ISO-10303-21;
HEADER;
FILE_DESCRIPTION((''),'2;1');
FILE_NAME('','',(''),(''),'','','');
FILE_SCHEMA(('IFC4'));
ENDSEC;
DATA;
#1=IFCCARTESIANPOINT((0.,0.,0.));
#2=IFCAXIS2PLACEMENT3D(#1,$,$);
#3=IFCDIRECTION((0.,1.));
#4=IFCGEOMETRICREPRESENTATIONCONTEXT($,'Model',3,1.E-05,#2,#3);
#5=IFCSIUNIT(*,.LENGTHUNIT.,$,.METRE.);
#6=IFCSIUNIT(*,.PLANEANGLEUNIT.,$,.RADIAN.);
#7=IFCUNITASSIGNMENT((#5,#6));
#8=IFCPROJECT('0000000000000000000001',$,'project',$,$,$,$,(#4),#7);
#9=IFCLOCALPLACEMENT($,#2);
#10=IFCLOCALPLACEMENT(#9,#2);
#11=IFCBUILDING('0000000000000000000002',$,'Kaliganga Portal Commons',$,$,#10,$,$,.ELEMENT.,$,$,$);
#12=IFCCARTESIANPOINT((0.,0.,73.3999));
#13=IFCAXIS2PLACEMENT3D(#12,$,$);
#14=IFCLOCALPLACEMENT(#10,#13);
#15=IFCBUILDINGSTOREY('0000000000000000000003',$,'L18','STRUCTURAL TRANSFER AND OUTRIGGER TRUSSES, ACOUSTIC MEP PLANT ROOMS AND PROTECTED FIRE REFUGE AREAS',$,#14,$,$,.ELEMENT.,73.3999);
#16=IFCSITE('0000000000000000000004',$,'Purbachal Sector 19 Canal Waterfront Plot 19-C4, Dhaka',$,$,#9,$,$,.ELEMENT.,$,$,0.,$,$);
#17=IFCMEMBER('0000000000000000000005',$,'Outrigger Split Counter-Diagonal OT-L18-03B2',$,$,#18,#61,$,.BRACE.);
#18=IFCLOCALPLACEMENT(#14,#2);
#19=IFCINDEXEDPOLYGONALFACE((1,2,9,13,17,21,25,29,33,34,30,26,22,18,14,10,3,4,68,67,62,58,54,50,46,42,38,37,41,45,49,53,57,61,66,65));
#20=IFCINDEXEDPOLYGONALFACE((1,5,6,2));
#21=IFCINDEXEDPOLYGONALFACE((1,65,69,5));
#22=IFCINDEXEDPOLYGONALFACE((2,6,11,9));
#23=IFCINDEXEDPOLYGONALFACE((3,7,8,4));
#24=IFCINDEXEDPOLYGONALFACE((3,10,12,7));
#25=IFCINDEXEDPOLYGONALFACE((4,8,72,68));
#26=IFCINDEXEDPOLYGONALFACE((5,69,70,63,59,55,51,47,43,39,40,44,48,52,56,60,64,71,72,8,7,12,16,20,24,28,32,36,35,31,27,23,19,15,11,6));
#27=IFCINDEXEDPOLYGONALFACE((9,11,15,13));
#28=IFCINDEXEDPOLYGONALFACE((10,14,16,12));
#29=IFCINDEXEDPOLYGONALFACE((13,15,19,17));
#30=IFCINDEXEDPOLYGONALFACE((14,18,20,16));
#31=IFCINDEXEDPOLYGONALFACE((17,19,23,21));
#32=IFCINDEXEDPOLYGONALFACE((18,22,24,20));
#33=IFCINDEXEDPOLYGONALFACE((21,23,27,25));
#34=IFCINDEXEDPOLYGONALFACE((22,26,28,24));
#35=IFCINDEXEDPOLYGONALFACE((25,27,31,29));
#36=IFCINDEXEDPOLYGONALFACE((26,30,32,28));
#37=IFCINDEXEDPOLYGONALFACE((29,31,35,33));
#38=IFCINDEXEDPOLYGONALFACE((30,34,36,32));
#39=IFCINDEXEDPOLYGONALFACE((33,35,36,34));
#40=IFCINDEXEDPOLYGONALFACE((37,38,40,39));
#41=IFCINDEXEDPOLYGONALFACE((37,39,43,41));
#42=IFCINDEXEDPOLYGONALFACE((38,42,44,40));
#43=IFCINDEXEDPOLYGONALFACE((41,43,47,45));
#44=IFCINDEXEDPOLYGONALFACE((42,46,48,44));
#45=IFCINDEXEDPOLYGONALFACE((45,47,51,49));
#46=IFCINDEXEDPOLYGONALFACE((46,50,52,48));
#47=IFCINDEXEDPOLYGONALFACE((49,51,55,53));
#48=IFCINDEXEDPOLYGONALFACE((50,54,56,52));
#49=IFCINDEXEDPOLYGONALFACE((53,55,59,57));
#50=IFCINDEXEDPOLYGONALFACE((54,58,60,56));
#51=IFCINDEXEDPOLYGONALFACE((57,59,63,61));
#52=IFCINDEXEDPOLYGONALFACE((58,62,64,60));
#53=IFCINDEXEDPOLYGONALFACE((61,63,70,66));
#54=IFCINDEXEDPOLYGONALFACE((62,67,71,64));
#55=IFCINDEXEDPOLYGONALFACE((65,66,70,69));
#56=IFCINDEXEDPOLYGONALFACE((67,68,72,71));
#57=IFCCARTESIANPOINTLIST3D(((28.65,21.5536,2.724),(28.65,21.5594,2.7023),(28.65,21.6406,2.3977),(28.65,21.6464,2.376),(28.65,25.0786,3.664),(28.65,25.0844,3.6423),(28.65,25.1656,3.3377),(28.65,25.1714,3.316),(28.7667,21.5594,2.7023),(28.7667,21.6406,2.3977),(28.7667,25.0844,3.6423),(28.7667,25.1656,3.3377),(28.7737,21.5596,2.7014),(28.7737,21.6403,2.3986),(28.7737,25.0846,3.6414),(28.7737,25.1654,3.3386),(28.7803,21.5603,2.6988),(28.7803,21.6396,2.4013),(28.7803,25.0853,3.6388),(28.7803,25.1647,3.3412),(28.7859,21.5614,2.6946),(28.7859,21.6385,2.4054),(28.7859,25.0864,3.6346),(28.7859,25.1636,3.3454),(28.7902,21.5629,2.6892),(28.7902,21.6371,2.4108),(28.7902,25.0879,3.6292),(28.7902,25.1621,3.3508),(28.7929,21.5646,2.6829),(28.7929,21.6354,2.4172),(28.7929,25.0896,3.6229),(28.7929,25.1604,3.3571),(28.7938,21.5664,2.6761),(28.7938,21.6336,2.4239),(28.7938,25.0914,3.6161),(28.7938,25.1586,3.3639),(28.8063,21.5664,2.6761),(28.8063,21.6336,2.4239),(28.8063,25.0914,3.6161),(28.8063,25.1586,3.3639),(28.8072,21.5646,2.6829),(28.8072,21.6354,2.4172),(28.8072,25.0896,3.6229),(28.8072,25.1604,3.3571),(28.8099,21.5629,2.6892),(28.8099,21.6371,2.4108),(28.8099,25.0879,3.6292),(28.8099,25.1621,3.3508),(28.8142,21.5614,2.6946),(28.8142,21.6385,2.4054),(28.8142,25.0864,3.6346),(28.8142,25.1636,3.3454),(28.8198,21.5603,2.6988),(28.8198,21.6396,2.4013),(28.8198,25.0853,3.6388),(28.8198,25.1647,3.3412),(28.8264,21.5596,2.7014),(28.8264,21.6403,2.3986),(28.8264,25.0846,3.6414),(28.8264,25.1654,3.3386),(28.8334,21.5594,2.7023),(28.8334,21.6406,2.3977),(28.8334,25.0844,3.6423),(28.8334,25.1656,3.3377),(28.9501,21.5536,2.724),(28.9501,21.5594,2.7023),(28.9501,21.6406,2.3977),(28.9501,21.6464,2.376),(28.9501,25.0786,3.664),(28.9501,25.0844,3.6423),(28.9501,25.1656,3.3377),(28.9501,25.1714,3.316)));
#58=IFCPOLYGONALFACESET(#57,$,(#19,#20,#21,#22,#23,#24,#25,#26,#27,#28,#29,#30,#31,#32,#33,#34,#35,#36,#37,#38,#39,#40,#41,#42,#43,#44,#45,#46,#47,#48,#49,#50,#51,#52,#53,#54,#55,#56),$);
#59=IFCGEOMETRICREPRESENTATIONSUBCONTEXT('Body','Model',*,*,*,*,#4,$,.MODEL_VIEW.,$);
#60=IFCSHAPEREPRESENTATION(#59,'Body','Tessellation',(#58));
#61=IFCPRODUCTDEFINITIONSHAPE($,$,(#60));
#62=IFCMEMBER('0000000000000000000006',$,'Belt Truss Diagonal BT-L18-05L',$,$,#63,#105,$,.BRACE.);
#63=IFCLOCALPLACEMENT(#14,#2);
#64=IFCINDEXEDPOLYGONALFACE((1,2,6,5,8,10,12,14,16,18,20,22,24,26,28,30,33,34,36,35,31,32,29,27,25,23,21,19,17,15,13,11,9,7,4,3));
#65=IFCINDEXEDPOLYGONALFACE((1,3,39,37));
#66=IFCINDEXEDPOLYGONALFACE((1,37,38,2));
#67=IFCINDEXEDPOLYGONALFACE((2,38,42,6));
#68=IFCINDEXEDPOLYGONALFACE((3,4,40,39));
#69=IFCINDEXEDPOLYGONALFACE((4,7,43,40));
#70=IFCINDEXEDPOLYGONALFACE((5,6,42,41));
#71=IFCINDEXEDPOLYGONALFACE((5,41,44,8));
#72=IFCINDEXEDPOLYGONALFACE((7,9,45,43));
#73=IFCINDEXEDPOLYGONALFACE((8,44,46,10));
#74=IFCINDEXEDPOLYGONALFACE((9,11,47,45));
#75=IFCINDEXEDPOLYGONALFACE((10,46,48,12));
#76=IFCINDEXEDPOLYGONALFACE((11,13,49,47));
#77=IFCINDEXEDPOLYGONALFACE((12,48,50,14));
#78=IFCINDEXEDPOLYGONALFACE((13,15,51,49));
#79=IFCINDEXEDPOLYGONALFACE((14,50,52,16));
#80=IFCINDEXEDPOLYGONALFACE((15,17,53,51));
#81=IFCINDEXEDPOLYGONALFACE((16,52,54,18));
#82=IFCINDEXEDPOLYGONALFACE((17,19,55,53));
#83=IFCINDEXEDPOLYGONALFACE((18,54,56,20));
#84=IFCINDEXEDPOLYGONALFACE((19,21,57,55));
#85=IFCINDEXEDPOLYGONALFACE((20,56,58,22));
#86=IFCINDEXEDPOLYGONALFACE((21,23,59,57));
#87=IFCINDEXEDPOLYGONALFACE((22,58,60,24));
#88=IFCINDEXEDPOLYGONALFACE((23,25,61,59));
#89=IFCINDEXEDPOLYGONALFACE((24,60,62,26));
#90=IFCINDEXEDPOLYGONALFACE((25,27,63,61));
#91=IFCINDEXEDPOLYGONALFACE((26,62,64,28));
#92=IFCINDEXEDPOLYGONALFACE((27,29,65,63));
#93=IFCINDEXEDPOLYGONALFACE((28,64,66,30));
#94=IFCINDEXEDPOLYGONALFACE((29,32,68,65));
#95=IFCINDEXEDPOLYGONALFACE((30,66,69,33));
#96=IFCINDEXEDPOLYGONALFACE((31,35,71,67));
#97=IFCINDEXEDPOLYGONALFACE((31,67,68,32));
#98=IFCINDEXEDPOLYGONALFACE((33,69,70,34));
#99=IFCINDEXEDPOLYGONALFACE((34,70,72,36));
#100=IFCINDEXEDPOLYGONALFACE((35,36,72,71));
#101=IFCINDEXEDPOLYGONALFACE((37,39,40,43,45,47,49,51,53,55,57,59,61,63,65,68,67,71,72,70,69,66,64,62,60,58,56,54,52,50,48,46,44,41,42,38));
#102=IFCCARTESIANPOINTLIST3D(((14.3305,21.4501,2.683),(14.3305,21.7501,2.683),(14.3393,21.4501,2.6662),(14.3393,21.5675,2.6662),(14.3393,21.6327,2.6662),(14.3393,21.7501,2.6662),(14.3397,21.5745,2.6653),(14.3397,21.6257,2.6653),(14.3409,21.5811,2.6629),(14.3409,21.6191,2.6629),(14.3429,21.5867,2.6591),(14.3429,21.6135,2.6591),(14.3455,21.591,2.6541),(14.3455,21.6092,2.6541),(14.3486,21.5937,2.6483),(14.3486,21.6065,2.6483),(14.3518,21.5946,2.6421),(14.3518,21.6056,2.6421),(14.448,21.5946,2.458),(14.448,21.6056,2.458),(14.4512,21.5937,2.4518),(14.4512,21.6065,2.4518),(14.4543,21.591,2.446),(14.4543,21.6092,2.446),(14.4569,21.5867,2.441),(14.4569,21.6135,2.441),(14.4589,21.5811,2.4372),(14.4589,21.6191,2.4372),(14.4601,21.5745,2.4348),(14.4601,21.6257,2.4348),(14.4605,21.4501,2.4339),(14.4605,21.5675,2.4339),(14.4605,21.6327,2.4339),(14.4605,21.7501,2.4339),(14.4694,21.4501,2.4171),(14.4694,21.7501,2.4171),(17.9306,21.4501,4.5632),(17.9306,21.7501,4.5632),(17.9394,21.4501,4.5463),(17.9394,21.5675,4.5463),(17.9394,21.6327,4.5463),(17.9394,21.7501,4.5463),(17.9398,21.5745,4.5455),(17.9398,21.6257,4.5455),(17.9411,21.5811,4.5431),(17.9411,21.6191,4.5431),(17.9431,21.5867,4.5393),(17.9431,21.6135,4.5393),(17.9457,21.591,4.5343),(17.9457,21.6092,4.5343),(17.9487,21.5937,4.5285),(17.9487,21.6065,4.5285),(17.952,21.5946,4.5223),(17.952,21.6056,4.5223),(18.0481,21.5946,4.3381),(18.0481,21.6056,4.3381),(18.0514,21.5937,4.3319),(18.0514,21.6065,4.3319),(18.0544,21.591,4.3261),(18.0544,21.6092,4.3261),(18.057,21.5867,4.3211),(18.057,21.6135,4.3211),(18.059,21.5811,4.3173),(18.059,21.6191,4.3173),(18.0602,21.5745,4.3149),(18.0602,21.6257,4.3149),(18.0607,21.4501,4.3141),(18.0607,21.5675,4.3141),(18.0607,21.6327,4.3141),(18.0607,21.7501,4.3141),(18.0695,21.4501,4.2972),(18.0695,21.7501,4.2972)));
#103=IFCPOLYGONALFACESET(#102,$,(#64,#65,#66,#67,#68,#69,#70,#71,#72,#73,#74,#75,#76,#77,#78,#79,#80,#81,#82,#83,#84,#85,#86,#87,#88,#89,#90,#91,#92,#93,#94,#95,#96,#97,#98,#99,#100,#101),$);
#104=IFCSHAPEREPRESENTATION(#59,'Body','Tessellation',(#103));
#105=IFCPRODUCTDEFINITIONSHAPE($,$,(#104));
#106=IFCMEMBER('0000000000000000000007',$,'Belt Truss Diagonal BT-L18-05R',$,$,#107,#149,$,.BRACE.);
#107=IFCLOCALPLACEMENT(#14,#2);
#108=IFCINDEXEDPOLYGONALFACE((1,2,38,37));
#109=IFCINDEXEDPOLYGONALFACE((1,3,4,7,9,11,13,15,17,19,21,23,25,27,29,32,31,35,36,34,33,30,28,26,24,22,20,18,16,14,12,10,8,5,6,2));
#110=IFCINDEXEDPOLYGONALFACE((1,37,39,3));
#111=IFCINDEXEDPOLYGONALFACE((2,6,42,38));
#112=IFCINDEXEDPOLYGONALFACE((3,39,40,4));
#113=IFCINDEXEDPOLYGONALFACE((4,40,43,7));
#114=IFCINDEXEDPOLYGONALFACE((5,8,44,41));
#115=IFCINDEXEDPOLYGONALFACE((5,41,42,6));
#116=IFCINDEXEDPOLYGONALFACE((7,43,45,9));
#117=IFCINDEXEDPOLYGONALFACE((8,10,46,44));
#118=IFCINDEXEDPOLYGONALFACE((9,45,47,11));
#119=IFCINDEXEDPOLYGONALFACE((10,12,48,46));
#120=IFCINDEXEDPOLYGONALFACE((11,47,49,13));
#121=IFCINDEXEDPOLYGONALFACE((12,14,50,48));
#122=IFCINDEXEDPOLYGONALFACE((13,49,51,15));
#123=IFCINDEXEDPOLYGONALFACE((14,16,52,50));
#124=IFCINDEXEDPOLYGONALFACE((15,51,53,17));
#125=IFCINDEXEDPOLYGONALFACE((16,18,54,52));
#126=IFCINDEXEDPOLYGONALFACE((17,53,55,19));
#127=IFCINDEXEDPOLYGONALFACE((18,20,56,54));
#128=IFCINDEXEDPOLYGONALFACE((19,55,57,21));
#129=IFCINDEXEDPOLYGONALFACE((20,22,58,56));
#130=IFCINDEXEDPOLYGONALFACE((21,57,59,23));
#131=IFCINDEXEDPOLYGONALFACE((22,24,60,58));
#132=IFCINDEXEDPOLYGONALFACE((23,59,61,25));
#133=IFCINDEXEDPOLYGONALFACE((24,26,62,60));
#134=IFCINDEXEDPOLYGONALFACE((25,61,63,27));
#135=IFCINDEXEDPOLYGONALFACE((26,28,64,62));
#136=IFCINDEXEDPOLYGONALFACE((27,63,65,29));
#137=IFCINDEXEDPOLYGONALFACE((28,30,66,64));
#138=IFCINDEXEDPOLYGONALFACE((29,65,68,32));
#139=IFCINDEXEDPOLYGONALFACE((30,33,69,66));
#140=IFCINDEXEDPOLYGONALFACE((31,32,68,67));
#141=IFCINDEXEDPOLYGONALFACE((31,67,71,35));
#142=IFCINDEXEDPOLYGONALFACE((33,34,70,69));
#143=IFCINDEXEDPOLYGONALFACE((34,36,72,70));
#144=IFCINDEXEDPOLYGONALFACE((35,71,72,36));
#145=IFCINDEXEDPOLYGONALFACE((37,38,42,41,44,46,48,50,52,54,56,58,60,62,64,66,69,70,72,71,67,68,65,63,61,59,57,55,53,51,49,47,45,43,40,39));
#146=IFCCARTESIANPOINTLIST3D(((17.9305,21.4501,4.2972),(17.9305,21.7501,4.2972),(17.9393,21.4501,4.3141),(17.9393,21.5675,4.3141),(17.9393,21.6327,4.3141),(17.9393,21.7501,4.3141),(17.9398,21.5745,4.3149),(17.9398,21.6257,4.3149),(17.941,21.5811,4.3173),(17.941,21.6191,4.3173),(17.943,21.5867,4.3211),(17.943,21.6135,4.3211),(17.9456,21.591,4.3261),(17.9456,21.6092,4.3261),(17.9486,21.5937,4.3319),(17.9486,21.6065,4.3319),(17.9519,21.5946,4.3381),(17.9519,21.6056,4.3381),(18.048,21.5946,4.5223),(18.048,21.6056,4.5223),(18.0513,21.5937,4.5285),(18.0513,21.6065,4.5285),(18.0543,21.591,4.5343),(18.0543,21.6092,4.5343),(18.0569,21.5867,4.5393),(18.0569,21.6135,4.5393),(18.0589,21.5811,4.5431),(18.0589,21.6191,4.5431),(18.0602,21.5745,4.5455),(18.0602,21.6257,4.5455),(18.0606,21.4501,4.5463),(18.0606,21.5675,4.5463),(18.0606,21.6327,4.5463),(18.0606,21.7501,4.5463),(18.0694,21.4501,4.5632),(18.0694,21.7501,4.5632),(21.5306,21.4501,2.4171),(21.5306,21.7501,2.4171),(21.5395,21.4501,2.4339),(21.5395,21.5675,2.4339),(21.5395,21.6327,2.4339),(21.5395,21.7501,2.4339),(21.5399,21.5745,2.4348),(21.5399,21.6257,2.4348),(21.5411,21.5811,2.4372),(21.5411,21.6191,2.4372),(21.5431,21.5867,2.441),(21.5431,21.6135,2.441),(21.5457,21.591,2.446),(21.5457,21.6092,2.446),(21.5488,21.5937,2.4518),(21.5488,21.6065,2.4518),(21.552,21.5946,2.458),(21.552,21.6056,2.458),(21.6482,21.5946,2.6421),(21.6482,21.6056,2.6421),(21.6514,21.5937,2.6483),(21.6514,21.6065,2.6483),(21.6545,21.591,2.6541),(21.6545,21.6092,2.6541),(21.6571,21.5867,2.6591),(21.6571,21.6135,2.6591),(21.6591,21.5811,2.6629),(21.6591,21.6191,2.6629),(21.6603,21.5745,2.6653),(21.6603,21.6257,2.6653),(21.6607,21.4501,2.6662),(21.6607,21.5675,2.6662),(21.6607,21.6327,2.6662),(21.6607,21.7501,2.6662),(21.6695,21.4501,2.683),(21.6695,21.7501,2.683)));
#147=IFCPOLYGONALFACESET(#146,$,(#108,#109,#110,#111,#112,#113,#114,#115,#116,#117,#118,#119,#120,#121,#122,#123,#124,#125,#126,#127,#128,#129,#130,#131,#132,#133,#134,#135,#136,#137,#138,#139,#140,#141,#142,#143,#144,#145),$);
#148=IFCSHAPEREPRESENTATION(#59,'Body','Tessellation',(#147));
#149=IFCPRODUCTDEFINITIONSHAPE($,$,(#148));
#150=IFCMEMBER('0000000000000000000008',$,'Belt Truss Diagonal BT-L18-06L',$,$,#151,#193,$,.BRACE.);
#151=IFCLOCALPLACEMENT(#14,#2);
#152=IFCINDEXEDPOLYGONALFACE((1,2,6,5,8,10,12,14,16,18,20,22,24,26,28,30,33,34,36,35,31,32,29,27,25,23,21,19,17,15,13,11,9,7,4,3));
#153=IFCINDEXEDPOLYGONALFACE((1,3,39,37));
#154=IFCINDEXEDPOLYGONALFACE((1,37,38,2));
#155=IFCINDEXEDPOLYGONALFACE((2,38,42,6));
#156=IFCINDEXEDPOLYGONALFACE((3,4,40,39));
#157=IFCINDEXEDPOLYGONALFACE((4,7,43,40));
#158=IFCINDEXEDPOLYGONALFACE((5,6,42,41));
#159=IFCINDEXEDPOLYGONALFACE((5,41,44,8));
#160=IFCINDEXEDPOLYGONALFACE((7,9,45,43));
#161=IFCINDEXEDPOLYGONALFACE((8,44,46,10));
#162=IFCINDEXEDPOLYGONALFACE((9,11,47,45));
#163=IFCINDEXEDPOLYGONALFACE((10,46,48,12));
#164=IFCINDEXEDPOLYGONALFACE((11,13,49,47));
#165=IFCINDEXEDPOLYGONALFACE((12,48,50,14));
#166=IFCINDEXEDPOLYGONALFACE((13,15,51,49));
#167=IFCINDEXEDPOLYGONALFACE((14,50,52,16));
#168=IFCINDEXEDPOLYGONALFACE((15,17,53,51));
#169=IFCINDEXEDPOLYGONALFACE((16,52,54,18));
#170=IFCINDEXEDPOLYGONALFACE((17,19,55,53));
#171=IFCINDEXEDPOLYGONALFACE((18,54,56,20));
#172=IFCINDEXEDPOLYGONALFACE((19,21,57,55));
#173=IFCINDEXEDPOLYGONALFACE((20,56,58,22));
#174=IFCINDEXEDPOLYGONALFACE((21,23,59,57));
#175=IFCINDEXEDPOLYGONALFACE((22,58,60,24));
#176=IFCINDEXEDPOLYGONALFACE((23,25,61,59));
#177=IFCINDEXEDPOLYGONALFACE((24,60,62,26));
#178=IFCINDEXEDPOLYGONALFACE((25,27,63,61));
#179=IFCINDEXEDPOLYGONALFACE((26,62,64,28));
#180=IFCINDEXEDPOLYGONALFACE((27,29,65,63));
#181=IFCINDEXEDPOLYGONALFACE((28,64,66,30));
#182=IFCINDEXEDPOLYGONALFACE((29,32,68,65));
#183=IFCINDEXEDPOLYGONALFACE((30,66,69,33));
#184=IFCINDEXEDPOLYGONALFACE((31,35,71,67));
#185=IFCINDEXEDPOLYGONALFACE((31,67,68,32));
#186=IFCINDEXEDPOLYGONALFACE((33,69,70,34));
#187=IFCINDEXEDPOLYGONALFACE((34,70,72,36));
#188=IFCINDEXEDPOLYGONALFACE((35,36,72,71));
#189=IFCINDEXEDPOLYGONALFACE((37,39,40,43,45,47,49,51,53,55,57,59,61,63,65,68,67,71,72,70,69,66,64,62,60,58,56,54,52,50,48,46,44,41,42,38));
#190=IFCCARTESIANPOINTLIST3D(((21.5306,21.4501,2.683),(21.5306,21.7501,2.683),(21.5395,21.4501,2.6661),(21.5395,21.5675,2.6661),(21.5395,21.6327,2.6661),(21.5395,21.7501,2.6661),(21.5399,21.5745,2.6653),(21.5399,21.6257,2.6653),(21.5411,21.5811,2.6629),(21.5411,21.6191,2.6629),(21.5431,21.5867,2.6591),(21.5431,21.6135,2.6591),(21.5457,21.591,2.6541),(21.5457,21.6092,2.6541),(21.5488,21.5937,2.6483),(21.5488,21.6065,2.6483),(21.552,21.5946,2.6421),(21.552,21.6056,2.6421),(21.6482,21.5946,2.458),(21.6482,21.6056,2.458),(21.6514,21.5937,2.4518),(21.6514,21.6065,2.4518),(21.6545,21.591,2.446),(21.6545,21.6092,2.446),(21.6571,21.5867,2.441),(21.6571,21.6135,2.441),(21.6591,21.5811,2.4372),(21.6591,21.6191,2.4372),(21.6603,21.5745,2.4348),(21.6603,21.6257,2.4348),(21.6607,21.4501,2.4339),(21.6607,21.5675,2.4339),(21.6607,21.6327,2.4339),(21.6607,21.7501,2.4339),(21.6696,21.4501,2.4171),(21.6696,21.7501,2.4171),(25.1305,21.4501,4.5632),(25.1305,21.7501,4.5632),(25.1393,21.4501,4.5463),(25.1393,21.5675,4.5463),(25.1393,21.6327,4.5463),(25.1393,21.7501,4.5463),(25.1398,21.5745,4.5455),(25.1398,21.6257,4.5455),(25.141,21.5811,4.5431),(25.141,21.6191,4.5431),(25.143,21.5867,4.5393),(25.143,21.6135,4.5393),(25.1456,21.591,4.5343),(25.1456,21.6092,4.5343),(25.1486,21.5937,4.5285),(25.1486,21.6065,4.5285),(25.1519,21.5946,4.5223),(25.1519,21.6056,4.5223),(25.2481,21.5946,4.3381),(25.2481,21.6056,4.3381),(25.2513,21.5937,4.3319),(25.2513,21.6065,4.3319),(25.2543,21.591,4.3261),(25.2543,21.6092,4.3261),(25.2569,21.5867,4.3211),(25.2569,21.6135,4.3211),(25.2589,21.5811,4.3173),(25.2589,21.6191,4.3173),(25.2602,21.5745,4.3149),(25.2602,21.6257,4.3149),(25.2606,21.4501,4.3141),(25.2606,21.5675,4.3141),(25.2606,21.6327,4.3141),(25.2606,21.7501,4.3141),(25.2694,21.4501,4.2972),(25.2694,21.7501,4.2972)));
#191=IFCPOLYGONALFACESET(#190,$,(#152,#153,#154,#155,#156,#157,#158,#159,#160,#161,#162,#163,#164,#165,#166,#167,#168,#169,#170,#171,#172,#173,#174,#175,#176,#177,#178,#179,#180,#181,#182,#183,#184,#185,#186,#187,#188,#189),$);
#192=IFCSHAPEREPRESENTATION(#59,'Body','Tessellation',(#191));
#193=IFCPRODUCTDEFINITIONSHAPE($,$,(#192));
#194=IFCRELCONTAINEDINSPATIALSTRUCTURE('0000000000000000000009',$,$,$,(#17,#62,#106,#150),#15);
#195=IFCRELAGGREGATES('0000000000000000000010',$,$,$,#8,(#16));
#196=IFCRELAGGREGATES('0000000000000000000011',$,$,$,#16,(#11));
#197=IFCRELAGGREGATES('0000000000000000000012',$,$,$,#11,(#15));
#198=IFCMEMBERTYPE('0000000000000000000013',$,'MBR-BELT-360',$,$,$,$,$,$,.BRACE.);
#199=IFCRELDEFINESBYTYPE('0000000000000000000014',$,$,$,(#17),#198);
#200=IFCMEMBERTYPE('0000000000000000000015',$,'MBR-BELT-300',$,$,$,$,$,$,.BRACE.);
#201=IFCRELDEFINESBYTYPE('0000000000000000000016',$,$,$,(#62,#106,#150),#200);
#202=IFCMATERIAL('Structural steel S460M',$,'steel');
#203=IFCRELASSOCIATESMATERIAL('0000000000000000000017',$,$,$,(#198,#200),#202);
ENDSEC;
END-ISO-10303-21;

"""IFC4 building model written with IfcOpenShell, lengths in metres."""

from ifc_helpers import new_model, si_unit, direction, frame, origin, origin_2d, place, context, subcontext, project, spatial, i_section, extrude, source, transform, mapped, material, material_profile, profile_set, type_object, element, save


model = new_model("IFC4")

# Units and contexts
model_context = context("Model", 3, precision=1e-05, world=origin(), true_north=direction((0.0, 1.0)))
body_context = subcontext(model_context, "Body", "Model", "MODEL_VIEW")
ifc_project = project(units=[si_unit("LENGTHUNIT", "METRE"), si_unit("PLANEANGLEUNIT", "RADIAN")], contexts=[model_context])

# Site, building, storey
site_placement = place(None, origin())
site = spatial("IfcSite", under=ifc_project, at=site_placement, Name="Purbachal Sector 19 Canal Waterfront Plot 19-C4, Dhaka", CompositionType="ELEMENT", RefElevation=0.0)
building_placement = place(site_placement, origin())
building = spatial("IfcBuilding", under=site, at=building_placement, Name="Kaliganga Portal Commons", CompositionType="ELEMENT")
storey_placement = place(building_placement, frame((0.0, 0.0, 73.3999)))
storey = spatial("IfcBuildingStorey", under=building, at=storey_placement, Name="L18", Description="STRUCTURAL TRANSFER AND OUTRIGGER TRUSSES, ACOUSTIC MEP PLANT ROOMS AND PROTECTED FIRE REFUGE AREAS", CompositionType="ELEMENT", Elevation=73.3999)

# Shared definitions
ifc_material_1 = material(Name="Structural steel S460M", Category="steel")

# Members
ifc_material_profile_1 = material_profile(ifc_material_1, i_section(OverallWidth=0.3, OverallDepth=0.3601, WebThickness=0.0125, FlangeThickness=0.0225, FilletRadius=0.0271, at=origin_2d()), Name="HE 360 B")
ifc_profile_set_1 = profile_set([ifc_material_profile_1], Name="Structural steel S460M wide-flange")
member_type_1 = type_object("IfcMemberType", Name="MBR-BELT-360", PredefinedType="BRACE", material=ifc_profile_set_1)
shared_shape_1 = source(origin(), body_context, "Body", "SweptSolid", [
    extrude(i_section(OverallWidth=0.3, OverallDepth=0.3601, WebThickness=0.0125, FlangeThickness=0.0225, FilletRadius=0.0271, at=origin_2d()), origin(), (0.0, 0.0, 1.0), 3.6482),
])
for number, where, z_axis, x_axis, name in (
    (1, (28.8, 25.125, 3.49), (0.0, -0.966237, -0.257654), (1.0, 0.0, 0.0), "Outrigger Split Counter-Diagonal OT-L18-03B2"),
):
    element("IfcMember", number, at=place(storey_placement, frame(where, z_axis=z_axis, x_axis=x_axis)), inside=storey, type_object=member_type_1, Name=name, PredefinedType="BRACE", context=body_context, shape_type="MappedRepresentation", body=[
        mapped(shared_shape_1, transform((0.0, 0.0, 0.0), x_axis=(1.0, 0.0, 0.0), y_axis=(0.0, 1.0, 0.0), z_axis=(0.0, 0.0, 1.0), scale=1.0)),
    ])
ifc_material_profile_2 = material_profile(ifc_material_1, i_section(OverallWidth=0.3, OverallDepth=0.3, WebThickness=0.011, FlangeThickness=0.019, FilletRadius=0.0271, at=origin_2d()), Name="HE 300 B")
ifc_profile_set_2 = profile_set([ifc_material_profile_2], Name="Structural steel S460M wide-flange")
member_type_2 = type_object("IfcMemberType", Name="MBR-BELT-300", PredefinedType="BRACE", material=ifc_profile_set_2)
shared_shape_2 = source(origin(), body_context, "Body", "SweptSolid", [
    extrude(i_section(OverallWidth=0.3, OverallDepth=0.3, WebThickness=0.011, FlangeThickness=0.019, FilletRadius=0.0271, at=origin_2d()), origin(), (0.0, 0.0, 1.0), 4.0615),
])
for number, where, z_axis, x_axis, name in (
    (2, (14.3999, 21.6001, 2.55), (0.886401, 0.0, 0.462917), (0.0, 1.0, 0.0), "Belt Truss Diagonal BT-L18-05L"),
    (3, (21.6001, 21.6001, 2.55), (-0.886401, 0.0, 0.462917), (0.0, -1.0, 0.0), "Belt Truss Diagonal BT-L18-05R"),
):
    element("IfcMember", number, at=place(storey_placement, frame(where, z_axis=z_axis, x_axis=x_axis)), inside=storey, type_object=member_type_2, Name=name, PredefinedType="BRACE", context=body_context, shape_type="MappedRepresentation", body=[
        mapped(shared_shape_2, transform((0.0, 0.0, 0.0), x_axis=(1.0, 0.0, 0.0), y_axis=(0.0, 1.0, 0.0), z_axis=(0.0, 0.0, 1.0), scale=1.0)),
    ])
shared_shape_3 = source(origin(), body_context, "Body", "SweptSolid", [
    extrude(i_section(OverallWidth=0.3, OverallDepth=0.3, WebThickness=0.011, FlangeThickness=0.019, FilletRadius=0.0271, at=origin_2d()), origin(), (0.0, 0.0, 1.0), 4.0613),
])
member_1_placement = place(storey_placement, frame((21.6001, 21.6001, 2.55), z_axis=(0.886389, 0.0, 0.462942), x_axis=(0.0, 1.0, 0.0)))
element("IfcMember", 4, at=member_1_placement, inside=storey, type_object=member_type_2, Name="Belt Truss Diagonal BT-L18-06L", PredefinedType="BRACE", context=body_context, shape_type="MappedRepresentation", body=[
    mapped(shared_shape_3, transform((0.0, 0.0, 0.0), x_axis=(1.0, 0.0, 0.0), y_axis=(0.0, 1.0, 0.0), z_axis=(0.0, 0.0, 1.0), scale=1.0)),
])

save(model, "model.ifc")
